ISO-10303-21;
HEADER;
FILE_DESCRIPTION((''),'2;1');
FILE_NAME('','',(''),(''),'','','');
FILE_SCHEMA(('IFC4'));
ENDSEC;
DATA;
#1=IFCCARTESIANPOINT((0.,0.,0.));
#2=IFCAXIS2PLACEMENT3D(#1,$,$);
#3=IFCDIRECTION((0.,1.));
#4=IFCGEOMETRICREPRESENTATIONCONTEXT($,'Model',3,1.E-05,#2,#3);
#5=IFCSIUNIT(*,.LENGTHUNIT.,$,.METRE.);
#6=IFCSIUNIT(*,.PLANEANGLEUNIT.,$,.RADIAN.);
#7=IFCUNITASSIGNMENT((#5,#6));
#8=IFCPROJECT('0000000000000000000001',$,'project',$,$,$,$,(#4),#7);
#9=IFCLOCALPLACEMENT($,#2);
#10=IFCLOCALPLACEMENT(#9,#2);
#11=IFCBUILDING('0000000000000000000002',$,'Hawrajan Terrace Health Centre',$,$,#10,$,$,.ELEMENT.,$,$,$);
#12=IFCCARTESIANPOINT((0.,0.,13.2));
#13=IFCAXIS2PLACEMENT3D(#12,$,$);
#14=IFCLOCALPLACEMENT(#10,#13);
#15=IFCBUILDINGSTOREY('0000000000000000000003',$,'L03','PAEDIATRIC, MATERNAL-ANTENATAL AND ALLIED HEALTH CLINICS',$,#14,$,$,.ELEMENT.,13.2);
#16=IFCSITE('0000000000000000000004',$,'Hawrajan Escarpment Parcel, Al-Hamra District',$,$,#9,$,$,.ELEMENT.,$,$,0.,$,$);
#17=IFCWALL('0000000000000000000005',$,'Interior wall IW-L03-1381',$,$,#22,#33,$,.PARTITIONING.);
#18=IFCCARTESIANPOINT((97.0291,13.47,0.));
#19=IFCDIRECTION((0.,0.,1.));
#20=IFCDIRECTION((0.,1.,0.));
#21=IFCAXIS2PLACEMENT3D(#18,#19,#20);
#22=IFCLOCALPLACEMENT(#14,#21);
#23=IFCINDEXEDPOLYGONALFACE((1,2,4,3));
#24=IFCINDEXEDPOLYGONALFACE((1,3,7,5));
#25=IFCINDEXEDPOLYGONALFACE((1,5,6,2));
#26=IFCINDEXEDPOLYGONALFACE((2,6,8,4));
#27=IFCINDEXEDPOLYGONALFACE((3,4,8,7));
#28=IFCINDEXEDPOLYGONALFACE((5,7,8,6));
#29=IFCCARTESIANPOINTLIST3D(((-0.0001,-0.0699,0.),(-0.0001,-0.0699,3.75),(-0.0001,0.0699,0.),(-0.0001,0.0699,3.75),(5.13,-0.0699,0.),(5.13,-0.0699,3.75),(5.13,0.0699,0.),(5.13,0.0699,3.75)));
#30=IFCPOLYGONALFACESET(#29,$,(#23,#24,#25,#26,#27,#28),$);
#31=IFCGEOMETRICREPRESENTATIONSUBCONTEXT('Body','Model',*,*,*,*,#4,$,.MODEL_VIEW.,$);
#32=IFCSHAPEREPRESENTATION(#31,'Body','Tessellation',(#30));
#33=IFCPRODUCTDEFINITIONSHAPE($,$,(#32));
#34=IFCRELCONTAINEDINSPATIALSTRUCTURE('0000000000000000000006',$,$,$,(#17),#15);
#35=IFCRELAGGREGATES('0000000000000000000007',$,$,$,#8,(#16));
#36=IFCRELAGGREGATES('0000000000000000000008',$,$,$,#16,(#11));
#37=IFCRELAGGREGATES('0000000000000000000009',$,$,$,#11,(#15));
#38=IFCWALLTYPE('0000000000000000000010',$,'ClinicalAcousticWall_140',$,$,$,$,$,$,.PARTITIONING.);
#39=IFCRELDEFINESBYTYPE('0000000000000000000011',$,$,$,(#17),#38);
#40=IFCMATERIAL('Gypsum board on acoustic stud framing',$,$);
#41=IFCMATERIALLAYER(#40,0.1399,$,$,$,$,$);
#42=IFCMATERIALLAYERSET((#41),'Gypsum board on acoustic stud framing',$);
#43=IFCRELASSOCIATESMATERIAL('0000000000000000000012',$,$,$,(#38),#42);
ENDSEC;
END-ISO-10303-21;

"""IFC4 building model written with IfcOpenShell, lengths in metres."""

from ifc_helpers import new_model, si_unit, direction, frame, frame_2d, origin, place, context, subcontext, project, spatial, rectangle, extrude, material, layer, layer_set, type_object, element, save


model = new_model("IFC4")

# Units and contexts
model_context = context("Model", 3, precision=1e-05, world=origin(), true_north=direction((0.0, 1.0)))
body_context = subcontext(model_context, "Body", "Model", "MODEL_VIEW")
ifc_project = project(units=[si_unit("LENGTHUNIT", "METRE"), si_unit("PLANEANGLEUNIT", "RADIAN")], contexts=[model_context])

# Site, building, storey
site_placement = place(None, origin())
site = spatial("IfcSite", under=ifc_project, at=site_placement, Name="Hawrajan Escarpment Parcel, Al-Hamra District", CompositionType="ELEMENT", RefElevation=0.0)
building_placement = place(site_placement, origin())
building = spatial("IfcBuilding", under=site, at=building_placement, Name="Hawrajan Terrace Health Centre", CompositionType="ELEMENT")
storey_placement = place(building_placement, frame((0.0, 0.0, 13.2)))
storey = spatial("IfcBuildingStorey", under=building, at=storey_placement, Name="L03", Description="PAEDIATRIC, MATERNAL-ANTENATAL AND ALLIED HEALTH CLINICS", CompositionType="ELEMENT", Elevation=13.2)

# Wall
ifc_material_1 = material(Name="Gypsum board on acoustic stud framing")
ifc_layer_1 = layer(ifc_material_1, 0.1399)
ifc_layer_set_1 = layer_set([ifc_layer_1], Name="Gypsum board on acoustic stud framing")
wall_type = type_object("IfcWallType", Name="ClinicalAcousticWall_140", PredefinedType="PARTITIONING", material=ifc_layer_set_1)
wall_placement = place(storey_placement, frame((97.0291, 13.47, 0.0), z_axis=(0.0, 0.0, 1.0), x_axis=(0.0, 1.0, 0.0)))
element("IfcWall", 1, at=wall_placement, inside=storey, type_object=wall_type, Name="Interior wall IW-L03-1381", PredefinedType="PARTITIONING", context=body_context, shape_type="SweptSolid", body=[
    extrude(rectangle(XDim=5.1301, YDim=0.1399, at=frame_2d((2.5649, 0.0))), origin(), (0.0, 0.0, 1.0), 3.75),
])

save(model, "model.ifc")
